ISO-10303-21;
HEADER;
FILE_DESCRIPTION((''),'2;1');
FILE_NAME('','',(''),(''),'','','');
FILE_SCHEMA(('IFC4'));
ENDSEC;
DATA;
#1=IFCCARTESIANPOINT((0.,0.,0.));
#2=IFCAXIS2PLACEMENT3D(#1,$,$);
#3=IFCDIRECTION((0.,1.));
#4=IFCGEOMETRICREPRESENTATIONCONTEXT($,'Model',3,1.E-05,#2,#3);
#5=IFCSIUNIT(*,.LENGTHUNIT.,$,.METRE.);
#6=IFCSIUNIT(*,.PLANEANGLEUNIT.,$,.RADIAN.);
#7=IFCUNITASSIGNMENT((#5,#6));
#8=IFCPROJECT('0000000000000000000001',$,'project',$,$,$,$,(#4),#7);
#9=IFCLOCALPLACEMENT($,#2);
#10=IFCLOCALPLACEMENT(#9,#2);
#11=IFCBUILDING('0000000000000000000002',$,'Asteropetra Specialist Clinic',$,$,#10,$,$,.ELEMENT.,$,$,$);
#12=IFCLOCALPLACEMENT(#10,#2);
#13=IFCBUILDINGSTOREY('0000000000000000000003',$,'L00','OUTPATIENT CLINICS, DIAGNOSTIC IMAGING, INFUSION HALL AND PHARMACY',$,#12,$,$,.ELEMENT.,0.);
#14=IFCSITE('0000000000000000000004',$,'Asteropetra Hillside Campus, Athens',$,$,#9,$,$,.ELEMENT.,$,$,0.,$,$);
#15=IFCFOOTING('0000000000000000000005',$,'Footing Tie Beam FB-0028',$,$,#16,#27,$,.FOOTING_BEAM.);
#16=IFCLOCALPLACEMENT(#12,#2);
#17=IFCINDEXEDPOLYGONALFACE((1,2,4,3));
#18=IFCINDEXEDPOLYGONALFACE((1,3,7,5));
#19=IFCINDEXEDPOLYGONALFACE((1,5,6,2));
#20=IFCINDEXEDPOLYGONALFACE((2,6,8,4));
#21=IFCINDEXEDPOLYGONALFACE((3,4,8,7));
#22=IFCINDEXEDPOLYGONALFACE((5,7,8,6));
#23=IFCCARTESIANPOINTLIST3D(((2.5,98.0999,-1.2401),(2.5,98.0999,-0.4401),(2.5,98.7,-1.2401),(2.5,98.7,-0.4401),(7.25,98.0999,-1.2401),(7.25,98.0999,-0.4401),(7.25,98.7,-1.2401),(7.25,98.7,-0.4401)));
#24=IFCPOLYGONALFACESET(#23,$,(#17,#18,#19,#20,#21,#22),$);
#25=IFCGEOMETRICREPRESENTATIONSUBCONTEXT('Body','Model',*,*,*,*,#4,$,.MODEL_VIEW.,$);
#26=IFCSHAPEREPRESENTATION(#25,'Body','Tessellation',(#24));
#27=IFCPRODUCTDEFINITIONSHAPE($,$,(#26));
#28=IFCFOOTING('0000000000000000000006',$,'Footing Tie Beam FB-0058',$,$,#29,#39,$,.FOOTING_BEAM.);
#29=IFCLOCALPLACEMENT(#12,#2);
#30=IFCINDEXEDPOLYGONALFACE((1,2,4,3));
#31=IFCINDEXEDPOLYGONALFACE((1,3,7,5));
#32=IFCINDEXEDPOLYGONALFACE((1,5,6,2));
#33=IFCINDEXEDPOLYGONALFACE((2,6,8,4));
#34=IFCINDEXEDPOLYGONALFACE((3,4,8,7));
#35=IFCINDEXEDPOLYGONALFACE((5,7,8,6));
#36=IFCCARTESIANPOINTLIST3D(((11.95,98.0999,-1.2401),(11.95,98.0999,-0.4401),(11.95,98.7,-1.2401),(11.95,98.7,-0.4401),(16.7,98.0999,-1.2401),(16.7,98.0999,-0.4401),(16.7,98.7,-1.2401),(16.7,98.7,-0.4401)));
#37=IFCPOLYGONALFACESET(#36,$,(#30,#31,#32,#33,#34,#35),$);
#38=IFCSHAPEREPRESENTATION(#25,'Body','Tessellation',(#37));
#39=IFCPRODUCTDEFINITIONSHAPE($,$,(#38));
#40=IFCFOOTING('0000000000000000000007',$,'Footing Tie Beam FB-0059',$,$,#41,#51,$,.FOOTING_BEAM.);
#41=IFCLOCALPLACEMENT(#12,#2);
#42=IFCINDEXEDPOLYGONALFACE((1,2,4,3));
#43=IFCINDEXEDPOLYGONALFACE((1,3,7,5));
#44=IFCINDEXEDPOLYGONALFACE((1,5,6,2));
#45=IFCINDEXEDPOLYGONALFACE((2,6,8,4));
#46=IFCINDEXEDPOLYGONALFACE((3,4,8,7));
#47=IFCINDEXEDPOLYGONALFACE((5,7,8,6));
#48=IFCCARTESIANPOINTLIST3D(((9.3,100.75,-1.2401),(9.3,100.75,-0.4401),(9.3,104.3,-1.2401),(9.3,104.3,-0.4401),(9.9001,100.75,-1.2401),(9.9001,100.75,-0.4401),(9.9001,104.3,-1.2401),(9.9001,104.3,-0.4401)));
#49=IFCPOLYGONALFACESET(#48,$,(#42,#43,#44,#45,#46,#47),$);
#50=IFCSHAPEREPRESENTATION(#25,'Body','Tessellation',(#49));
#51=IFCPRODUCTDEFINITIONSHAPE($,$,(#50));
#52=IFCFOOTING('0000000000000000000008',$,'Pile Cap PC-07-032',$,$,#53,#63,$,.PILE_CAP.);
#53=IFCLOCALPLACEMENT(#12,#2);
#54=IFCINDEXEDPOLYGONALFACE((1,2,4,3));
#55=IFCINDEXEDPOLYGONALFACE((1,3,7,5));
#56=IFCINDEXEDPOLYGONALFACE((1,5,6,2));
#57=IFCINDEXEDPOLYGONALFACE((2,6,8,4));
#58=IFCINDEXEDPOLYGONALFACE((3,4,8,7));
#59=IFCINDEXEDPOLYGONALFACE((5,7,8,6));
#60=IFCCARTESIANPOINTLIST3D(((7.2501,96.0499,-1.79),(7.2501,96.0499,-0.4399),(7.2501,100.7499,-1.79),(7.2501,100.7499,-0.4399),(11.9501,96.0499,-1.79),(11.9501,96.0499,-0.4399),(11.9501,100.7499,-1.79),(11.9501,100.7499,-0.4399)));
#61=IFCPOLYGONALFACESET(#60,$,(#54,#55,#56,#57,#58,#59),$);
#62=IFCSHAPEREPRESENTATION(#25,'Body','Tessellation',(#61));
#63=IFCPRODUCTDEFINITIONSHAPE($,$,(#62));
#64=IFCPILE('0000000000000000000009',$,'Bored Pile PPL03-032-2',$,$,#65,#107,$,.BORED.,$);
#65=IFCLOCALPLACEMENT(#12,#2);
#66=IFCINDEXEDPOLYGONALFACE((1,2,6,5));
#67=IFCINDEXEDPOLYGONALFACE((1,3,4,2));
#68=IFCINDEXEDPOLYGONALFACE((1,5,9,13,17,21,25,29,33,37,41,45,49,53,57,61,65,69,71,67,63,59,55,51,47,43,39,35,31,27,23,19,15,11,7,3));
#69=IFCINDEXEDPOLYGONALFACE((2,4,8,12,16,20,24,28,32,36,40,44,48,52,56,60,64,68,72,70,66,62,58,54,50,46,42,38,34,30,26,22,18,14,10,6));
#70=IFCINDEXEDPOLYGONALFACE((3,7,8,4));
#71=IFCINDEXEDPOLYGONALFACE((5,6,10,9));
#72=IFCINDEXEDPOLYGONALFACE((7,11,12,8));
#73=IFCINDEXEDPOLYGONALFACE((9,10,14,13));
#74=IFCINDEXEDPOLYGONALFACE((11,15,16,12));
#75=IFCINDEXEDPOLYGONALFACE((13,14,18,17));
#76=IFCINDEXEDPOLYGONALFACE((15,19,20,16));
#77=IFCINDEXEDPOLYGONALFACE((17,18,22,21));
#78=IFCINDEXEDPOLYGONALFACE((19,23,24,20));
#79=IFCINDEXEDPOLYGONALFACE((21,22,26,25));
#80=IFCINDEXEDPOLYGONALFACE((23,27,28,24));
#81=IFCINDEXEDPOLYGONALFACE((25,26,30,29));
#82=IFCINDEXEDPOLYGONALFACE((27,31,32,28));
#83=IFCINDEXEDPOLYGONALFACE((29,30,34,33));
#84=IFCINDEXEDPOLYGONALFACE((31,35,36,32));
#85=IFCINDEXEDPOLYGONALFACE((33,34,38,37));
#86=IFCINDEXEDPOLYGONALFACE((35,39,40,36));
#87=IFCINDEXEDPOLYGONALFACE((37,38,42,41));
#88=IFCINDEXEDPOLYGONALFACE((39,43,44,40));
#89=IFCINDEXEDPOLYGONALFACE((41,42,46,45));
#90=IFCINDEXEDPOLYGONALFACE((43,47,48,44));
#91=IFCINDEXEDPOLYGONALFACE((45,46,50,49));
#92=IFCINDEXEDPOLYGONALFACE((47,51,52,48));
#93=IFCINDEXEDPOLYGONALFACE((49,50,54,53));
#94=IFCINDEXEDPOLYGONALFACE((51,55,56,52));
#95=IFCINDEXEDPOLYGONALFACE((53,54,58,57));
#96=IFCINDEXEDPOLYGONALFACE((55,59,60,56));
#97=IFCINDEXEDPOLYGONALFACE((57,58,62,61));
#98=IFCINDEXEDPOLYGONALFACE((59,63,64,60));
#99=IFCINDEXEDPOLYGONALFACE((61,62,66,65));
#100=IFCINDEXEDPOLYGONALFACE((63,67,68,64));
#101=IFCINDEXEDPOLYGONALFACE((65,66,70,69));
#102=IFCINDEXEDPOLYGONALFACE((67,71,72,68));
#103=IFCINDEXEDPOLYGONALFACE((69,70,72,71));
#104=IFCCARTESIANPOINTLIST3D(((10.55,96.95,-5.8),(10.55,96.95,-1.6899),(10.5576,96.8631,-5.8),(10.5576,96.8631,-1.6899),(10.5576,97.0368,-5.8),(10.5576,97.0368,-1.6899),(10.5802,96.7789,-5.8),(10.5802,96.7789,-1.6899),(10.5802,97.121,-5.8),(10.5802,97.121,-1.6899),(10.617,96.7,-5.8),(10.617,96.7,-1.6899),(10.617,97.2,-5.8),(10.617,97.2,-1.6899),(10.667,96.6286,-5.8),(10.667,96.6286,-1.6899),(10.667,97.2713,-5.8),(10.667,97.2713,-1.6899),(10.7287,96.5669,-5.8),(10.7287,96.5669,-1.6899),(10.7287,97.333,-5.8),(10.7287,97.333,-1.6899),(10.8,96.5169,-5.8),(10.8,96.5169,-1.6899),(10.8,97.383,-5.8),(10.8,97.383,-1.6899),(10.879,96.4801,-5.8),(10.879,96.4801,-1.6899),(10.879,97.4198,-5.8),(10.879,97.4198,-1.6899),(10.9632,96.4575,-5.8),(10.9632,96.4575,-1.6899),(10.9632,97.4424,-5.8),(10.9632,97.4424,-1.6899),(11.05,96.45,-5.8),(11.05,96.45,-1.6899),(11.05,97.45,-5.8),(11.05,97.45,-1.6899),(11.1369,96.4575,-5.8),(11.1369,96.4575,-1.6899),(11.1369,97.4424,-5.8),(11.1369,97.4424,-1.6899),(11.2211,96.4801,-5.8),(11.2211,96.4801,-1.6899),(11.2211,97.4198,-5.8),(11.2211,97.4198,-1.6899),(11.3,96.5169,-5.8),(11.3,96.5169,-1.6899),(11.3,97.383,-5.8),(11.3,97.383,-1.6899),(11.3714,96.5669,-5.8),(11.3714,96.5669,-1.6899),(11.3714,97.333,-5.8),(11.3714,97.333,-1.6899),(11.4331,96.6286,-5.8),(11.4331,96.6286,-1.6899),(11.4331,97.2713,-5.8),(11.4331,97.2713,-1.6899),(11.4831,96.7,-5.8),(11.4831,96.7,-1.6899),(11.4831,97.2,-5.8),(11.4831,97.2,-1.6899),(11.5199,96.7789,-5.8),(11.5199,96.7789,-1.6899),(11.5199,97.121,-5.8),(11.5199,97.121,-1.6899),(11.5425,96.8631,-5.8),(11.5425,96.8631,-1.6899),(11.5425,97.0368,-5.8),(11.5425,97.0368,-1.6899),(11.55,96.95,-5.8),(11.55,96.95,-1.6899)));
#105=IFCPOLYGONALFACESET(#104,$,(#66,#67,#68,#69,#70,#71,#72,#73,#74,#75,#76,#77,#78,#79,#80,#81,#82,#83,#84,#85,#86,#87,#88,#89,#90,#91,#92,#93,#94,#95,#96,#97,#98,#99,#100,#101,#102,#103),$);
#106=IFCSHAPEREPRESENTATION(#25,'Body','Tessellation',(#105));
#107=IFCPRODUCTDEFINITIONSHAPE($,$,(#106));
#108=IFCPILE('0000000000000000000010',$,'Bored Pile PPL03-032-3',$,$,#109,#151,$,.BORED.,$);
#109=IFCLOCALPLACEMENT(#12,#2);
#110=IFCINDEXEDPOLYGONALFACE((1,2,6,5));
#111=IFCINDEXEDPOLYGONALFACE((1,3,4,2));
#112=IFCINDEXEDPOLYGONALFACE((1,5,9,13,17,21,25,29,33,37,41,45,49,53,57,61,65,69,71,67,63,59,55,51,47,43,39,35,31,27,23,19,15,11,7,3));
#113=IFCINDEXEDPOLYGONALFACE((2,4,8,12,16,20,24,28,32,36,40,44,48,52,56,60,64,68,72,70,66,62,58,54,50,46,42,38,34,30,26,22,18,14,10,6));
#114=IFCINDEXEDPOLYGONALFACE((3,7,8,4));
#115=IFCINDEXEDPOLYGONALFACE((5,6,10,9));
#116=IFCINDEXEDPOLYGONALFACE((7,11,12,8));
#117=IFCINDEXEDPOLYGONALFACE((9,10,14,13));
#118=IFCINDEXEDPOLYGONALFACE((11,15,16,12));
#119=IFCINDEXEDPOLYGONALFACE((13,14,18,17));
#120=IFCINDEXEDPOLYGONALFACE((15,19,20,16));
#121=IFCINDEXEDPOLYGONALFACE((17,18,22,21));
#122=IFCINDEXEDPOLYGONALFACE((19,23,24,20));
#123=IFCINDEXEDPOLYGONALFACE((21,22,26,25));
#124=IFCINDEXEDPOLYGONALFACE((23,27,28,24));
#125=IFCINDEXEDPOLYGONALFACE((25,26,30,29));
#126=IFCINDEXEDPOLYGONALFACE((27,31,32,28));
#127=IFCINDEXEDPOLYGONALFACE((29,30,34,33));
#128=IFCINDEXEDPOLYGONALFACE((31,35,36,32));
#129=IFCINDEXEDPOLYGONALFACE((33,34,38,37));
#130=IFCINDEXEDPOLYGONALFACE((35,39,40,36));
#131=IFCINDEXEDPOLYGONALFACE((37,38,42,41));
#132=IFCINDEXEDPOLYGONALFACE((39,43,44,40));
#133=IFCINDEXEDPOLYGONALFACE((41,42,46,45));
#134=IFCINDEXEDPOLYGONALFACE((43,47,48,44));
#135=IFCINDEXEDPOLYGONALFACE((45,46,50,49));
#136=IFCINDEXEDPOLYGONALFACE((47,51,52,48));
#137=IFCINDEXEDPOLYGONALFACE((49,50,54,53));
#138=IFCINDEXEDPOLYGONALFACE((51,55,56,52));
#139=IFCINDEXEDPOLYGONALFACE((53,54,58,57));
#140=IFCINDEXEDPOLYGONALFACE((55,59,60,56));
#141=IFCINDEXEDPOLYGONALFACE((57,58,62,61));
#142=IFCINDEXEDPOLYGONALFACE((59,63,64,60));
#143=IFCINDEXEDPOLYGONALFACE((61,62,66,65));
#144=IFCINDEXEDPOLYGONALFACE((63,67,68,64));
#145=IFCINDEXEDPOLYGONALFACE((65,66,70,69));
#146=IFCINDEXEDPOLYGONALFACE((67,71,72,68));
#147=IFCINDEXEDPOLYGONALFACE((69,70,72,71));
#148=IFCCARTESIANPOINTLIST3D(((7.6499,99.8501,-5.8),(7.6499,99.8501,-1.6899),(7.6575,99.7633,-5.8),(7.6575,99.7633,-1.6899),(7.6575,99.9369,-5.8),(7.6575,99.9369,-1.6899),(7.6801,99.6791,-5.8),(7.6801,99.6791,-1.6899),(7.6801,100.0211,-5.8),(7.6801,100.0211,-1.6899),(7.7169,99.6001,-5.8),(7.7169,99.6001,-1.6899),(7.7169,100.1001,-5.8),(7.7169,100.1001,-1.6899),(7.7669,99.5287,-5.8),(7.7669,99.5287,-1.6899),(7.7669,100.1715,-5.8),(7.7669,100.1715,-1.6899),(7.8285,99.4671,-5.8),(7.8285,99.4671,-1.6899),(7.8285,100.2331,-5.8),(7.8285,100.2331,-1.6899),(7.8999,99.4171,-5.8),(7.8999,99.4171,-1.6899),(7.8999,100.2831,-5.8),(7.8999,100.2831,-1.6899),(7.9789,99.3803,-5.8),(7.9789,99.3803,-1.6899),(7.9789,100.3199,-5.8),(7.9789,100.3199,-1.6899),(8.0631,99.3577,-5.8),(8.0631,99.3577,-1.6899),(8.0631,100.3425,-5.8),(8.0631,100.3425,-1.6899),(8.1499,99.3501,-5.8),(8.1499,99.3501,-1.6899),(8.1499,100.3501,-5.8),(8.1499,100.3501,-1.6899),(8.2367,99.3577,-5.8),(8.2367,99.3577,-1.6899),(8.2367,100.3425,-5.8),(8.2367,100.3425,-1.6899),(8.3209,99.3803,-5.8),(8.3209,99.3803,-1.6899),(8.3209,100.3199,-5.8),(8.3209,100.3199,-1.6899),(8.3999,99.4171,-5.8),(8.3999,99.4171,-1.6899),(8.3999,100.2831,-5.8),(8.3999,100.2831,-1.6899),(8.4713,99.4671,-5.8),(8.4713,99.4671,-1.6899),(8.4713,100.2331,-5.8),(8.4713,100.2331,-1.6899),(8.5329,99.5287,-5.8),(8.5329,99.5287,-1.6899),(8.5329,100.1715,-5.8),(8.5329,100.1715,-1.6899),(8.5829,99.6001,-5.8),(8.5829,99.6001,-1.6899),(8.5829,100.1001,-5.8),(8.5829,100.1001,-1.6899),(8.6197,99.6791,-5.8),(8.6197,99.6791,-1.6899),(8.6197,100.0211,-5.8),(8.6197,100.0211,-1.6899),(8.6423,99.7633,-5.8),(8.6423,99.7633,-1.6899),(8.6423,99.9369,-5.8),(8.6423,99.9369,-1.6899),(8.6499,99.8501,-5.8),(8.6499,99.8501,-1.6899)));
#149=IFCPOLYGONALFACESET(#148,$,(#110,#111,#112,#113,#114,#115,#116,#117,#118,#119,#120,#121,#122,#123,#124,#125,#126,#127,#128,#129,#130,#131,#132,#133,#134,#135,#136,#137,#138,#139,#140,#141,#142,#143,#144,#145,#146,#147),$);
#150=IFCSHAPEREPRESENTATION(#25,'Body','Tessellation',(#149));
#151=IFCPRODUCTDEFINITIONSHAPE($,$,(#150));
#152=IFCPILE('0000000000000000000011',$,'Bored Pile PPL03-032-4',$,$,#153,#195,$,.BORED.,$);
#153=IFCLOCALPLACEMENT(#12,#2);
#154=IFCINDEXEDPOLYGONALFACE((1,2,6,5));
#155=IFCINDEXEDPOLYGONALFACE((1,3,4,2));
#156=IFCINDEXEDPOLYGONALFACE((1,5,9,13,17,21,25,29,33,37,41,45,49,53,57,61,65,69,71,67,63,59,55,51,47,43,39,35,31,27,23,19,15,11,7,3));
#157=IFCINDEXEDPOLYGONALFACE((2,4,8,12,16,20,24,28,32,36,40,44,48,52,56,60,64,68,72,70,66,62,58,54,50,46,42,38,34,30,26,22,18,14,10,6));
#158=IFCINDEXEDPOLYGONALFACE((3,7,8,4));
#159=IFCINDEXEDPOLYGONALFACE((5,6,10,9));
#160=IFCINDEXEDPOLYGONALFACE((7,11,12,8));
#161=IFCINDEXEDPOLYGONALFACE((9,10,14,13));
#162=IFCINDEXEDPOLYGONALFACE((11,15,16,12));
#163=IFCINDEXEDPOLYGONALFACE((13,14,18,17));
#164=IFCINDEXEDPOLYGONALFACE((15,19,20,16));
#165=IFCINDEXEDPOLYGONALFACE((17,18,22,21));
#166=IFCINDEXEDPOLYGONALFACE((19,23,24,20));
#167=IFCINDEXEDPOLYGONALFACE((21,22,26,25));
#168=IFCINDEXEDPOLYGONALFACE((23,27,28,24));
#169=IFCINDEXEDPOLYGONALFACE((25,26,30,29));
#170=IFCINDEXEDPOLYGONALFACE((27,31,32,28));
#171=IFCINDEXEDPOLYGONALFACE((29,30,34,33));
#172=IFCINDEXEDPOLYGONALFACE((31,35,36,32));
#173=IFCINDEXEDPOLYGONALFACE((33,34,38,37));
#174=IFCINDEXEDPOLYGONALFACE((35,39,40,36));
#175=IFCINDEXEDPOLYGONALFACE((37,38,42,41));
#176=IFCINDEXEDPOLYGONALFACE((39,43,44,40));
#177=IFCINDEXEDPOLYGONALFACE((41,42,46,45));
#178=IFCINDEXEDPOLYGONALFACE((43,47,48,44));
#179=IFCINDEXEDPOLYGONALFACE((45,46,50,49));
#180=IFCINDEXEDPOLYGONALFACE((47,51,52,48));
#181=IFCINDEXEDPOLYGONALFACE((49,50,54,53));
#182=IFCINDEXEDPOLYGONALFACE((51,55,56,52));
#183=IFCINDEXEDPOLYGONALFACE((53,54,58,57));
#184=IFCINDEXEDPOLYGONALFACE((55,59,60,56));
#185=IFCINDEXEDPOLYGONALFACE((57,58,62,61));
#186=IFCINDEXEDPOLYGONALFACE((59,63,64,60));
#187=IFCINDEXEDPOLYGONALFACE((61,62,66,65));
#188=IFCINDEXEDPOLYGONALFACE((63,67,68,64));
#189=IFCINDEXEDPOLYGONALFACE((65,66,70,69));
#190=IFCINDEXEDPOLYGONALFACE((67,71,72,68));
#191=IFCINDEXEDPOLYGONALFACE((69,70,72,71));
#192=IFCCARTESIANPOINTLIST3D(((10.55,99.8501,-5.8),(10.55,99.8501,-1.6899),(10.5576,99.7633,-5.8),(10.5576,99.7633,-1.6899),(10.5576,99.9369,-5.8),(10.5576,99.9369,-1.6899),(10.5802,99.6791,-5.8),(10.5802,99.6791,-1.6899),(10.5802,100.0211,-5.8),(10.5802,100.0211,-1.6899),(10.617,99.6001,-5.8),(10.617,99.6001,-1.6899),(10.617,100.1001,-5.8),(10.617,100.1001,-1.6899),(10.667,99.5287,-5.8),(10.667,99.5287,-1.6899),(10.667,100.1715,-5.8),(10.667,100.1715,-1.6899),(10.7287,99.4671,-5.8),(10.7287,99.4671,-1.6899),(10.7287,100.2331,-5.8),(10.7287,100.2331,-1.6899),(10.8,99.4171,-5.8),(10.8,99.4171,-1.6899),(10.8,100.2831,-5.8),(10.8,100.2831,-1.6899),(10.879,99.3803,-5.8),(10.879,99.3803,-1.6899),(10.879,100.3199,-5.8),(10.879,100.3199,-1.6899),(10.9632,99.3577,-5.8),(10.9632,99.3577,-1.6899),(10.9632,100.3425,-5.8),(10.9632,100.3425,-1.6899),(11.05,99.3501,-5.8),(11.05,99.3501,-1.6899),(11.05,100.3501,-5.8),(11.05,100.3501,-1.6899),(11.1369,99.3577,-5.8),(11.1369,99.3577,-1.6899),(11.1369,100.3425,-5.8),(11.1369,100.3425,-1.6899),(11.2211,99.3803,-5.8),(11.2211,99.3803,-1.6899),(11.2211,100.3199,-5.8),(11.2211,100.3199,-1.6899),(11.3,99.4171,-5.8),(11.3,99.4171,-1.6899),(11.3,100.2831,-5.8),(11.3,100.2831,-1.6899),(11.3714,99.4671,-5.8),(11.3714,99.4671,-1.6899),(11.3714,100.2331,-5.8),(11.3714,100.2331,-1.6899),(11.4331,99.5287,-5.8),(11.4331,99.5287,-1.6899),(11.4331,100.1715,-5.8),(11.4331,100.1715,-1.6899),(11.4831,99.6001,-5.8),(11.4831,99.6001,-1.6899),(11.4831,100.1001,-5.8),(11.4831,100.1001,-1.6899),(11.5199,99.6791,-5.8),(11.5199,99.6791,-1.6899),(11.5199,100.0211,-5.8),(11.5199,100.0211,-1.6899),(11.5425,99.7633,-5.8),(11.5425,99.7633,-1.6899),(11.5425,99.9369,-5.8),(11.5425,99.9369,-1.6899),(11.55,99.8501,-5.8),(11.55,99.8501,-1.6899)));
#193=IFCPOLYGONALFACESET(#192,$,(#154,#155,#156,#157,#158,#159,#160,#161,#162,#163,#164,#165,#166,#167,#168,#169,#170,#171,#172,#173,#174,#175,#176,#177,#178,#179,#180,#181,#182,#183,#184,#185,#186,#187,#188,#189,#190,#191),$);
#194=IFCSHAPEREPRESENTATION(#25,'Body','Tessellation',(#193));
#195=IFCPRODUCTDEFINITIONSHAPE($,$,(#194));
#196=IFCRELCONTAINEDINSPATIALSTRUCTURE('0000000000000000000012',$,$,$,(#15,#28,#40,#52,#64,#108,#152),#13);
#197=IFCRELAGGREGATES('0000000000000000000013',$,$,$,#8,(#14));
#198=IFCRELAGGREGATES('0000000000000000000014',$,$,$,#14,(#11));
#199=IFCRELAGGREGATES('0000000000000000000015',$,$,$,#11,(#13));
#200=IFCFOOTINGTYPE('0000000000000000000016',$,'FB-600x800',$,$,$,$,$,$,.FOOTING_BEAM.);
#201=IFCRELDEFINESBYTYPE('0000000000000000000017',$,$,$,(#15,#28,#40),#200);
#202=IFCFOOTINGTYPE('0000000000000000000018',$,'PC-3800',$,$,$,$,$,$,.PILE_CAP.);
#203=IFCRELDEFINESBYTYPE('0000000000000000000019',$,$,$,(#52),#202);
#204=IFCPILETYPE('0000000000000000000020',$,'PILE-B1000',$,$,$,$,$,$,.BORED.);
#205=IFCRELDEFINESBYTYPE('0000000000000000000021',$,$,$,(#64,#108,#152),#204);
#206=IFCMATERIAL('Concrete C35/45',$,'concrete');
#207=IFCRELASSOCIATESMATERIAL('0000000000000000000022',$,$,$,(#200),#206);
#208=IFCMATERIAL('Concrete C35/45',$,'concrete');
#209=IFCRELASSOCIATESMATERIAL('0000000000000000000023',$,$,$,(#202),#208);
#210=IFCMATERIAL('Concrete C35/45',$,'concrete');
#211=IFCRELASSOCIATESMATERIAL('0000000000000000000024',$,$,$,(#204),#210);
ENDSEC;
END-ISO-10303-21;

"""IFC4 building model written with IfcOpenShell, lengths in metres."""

from ifc_helpers import new_model, si_unit, direction, frame, origin, origin_2d, place, context, subcontext, project, spatial, rectangle, circle, extrude, material, material_profile, profile_set, type_object, element, save


model = new_model("IFC4")

# Units and contexts
model_context = context("Model", 3, precision=1e-05, world=origin(), true_north=direction((0.0, 1.0)))
body_context = subcontext(model_context, "Body", "Model", "MODEL_VIEW")
ifc_project = project(units=[si_unit("LENGTHUNIT", "METRE"), si_unit("PLANEANGLEUNIT", "RADIAN")], contexts=[model_context])

# Site, building, storey
site_placement = place(None, origin())
site = spatial("IfcSite", under=ifc_project, at=site_placement, Name="Asteropetra Hillside Campus, Athens", CompositionType="ELEMENT", RefElevation=0.0)
building_placement = place(site_placement, origin())
building = spatial("IfcBuilding", under=site, at=building_placement, Name="Asteropetra Specialist Clinic", CompositionType="ELEMENT")
storey_placement = place(building_placement, origin())
storey = spatial("IfcBuildingStorey", under=building, at=storey_placement, Name="L00", Description="OUTPATIENT CLINICS, DIAGNOSTIC IMAGING, INFUSION HALL AND PHARMACY", CompositionType="ELEMENT", Elevation=0.0)

# Footings
ifc_material_1 = material(Name="Concrete C35/45", Category="concrete")
ifc_material_profile_1 = material_profile(ifc_material_1, rectangle(XDim=0.6001, YDim=0.8, at=origin_2d()), Name="FB 600x800")
ifc_profile_set_1 = profile_set([ifc_material_profile_1], Name="Concrete C35/45")
footing_type_1 = type_object("IfcFootingType", Name="FB-600x800", PredefinedType="FOOTING_BEAM", material=ifc_profile_set_1)
for number, where, z_axis, x_axis, name in (
    (1, (2.5, 98.3999, -0.8401), (1.0, 0.0, 0.0), (0.0, 1.0, 0.0), "Footing Tie Beam FB-0028"),
    (2, (11.95, 98.3999, -0.8401), (1.0, 0.0, 0.0), (0.0, 1.0, 0.0), "Footing Tie Beam FB-0058"),
):
    element("IfcFooting", number, at=place(storey_placement, frame(where, z_axis=z_axis, x_axis=x_axis)), inside=storey, type_object=footing_type_1, Name=name, PredefinedType="FOOTING_BEAM", context=body_context, shape_type="SweptSolid", body=[
        extrude(rectangle(XDim=0.6001, YDim=0.8, at=origin_2d()), origin(), (0.0, 0.0, 1.0), 4.75),
    ])
footing_1_placement = place(storey_placement, frame((9.6001, 100.75, -0.8401), z_axis=(0.0, 1.0, 0.0), x_axis=(-1.0, 0.0, 0.0)))
element("IfcFooting", 3, at=footing_1_placement, inside=storey, type_object=footing_type_1, Name="Footing Tie Beam FB-0059", PredefinedType="FOOTING_BEAM", context=body_context, shape_type="SweptSolid", body=[
    extrude(rectangle(XDim=0.6001, YDim=0.8, at=origin_2d()), origin(), (0.0, 0.0, 1.0), 3.55),
])
ifc_material_2 = material(Name="Concrete C35/45", Category="concrete")
footing_type_2 = type_object("IfcFootingType", Name="PC-3800", PredefinedType="PILE_CAP", material=ifc_material_2)
footing_2_placement = place(storey_placement, frame((9.6001, 98.3999, -1.79), z_axis=(0.0, 0.0, 1.0), x_axis=(1.0, 0.0, 0.0)))
element("IfcFooting", 4, at=footing_2_placement, inside=storey, type_object=footing_type_2, Name="Pile Cap PC-07-032", PredefinedType="PILE_CAP", context=body_context, shape_type="SweptSolid", body=[
    extrude(rectangle(XDim=4.7, YDim=4.7, at=origin_2d()), origin(), (0.0, 0.0, 1.0), 1.3501),
])

# Piles
ifc_material_3 = material(Name="Concrete C35/45", Category="concrete")
ifc_material_profile_2 = material_profile(ifc_material_3, circle(Radius=0.5, at=origin_2d()), Name="PILE D1000")
ifc_profile_set_2 = profile_set([ifc_material_profile_2], Name="Concrete C35/45")
pile_type_1 = type_object("IfcPileType", Name="PILE-B1000", PredefinedType="BORED", material=ifc_profile_set_2)
for number, where, z_axis, x_axis, name in (
    (5, (11.05, 96.95, -1.6899), (0.0, 0.0, -1.0), (1.0, 0.0, 0.0), "Bored Pile PPL03-032-2"),
    (6, (8.1499, 99.8501, -1.6899), (0.0, 0.0, -1.0), (1.0, 0.0, 0.0), "Bored Pile PPL03-032-3"),
    (7, (11.05, 99.8501, -1.6899), (0.0, 0.0, -1.0), (1.0, 0.0, 0.0), "Bored Pile PPL03-032-4"),
):
    element("IfcPile", number, at=place(storey_placement, frame(where, z_axis=z_axis, x_axis=x_axis)), inside=storey, type_object=pile_type_1, Name=name, PredefinedType="BORED", context=body_context, shape_type="SweptSolid", body=[
        extrude(circle(Radius=0.5, at=origin_2d()), origin(), (0.0, 0.0, 1.0), 4.1101),
    ])

save(model, "model.ifc")
